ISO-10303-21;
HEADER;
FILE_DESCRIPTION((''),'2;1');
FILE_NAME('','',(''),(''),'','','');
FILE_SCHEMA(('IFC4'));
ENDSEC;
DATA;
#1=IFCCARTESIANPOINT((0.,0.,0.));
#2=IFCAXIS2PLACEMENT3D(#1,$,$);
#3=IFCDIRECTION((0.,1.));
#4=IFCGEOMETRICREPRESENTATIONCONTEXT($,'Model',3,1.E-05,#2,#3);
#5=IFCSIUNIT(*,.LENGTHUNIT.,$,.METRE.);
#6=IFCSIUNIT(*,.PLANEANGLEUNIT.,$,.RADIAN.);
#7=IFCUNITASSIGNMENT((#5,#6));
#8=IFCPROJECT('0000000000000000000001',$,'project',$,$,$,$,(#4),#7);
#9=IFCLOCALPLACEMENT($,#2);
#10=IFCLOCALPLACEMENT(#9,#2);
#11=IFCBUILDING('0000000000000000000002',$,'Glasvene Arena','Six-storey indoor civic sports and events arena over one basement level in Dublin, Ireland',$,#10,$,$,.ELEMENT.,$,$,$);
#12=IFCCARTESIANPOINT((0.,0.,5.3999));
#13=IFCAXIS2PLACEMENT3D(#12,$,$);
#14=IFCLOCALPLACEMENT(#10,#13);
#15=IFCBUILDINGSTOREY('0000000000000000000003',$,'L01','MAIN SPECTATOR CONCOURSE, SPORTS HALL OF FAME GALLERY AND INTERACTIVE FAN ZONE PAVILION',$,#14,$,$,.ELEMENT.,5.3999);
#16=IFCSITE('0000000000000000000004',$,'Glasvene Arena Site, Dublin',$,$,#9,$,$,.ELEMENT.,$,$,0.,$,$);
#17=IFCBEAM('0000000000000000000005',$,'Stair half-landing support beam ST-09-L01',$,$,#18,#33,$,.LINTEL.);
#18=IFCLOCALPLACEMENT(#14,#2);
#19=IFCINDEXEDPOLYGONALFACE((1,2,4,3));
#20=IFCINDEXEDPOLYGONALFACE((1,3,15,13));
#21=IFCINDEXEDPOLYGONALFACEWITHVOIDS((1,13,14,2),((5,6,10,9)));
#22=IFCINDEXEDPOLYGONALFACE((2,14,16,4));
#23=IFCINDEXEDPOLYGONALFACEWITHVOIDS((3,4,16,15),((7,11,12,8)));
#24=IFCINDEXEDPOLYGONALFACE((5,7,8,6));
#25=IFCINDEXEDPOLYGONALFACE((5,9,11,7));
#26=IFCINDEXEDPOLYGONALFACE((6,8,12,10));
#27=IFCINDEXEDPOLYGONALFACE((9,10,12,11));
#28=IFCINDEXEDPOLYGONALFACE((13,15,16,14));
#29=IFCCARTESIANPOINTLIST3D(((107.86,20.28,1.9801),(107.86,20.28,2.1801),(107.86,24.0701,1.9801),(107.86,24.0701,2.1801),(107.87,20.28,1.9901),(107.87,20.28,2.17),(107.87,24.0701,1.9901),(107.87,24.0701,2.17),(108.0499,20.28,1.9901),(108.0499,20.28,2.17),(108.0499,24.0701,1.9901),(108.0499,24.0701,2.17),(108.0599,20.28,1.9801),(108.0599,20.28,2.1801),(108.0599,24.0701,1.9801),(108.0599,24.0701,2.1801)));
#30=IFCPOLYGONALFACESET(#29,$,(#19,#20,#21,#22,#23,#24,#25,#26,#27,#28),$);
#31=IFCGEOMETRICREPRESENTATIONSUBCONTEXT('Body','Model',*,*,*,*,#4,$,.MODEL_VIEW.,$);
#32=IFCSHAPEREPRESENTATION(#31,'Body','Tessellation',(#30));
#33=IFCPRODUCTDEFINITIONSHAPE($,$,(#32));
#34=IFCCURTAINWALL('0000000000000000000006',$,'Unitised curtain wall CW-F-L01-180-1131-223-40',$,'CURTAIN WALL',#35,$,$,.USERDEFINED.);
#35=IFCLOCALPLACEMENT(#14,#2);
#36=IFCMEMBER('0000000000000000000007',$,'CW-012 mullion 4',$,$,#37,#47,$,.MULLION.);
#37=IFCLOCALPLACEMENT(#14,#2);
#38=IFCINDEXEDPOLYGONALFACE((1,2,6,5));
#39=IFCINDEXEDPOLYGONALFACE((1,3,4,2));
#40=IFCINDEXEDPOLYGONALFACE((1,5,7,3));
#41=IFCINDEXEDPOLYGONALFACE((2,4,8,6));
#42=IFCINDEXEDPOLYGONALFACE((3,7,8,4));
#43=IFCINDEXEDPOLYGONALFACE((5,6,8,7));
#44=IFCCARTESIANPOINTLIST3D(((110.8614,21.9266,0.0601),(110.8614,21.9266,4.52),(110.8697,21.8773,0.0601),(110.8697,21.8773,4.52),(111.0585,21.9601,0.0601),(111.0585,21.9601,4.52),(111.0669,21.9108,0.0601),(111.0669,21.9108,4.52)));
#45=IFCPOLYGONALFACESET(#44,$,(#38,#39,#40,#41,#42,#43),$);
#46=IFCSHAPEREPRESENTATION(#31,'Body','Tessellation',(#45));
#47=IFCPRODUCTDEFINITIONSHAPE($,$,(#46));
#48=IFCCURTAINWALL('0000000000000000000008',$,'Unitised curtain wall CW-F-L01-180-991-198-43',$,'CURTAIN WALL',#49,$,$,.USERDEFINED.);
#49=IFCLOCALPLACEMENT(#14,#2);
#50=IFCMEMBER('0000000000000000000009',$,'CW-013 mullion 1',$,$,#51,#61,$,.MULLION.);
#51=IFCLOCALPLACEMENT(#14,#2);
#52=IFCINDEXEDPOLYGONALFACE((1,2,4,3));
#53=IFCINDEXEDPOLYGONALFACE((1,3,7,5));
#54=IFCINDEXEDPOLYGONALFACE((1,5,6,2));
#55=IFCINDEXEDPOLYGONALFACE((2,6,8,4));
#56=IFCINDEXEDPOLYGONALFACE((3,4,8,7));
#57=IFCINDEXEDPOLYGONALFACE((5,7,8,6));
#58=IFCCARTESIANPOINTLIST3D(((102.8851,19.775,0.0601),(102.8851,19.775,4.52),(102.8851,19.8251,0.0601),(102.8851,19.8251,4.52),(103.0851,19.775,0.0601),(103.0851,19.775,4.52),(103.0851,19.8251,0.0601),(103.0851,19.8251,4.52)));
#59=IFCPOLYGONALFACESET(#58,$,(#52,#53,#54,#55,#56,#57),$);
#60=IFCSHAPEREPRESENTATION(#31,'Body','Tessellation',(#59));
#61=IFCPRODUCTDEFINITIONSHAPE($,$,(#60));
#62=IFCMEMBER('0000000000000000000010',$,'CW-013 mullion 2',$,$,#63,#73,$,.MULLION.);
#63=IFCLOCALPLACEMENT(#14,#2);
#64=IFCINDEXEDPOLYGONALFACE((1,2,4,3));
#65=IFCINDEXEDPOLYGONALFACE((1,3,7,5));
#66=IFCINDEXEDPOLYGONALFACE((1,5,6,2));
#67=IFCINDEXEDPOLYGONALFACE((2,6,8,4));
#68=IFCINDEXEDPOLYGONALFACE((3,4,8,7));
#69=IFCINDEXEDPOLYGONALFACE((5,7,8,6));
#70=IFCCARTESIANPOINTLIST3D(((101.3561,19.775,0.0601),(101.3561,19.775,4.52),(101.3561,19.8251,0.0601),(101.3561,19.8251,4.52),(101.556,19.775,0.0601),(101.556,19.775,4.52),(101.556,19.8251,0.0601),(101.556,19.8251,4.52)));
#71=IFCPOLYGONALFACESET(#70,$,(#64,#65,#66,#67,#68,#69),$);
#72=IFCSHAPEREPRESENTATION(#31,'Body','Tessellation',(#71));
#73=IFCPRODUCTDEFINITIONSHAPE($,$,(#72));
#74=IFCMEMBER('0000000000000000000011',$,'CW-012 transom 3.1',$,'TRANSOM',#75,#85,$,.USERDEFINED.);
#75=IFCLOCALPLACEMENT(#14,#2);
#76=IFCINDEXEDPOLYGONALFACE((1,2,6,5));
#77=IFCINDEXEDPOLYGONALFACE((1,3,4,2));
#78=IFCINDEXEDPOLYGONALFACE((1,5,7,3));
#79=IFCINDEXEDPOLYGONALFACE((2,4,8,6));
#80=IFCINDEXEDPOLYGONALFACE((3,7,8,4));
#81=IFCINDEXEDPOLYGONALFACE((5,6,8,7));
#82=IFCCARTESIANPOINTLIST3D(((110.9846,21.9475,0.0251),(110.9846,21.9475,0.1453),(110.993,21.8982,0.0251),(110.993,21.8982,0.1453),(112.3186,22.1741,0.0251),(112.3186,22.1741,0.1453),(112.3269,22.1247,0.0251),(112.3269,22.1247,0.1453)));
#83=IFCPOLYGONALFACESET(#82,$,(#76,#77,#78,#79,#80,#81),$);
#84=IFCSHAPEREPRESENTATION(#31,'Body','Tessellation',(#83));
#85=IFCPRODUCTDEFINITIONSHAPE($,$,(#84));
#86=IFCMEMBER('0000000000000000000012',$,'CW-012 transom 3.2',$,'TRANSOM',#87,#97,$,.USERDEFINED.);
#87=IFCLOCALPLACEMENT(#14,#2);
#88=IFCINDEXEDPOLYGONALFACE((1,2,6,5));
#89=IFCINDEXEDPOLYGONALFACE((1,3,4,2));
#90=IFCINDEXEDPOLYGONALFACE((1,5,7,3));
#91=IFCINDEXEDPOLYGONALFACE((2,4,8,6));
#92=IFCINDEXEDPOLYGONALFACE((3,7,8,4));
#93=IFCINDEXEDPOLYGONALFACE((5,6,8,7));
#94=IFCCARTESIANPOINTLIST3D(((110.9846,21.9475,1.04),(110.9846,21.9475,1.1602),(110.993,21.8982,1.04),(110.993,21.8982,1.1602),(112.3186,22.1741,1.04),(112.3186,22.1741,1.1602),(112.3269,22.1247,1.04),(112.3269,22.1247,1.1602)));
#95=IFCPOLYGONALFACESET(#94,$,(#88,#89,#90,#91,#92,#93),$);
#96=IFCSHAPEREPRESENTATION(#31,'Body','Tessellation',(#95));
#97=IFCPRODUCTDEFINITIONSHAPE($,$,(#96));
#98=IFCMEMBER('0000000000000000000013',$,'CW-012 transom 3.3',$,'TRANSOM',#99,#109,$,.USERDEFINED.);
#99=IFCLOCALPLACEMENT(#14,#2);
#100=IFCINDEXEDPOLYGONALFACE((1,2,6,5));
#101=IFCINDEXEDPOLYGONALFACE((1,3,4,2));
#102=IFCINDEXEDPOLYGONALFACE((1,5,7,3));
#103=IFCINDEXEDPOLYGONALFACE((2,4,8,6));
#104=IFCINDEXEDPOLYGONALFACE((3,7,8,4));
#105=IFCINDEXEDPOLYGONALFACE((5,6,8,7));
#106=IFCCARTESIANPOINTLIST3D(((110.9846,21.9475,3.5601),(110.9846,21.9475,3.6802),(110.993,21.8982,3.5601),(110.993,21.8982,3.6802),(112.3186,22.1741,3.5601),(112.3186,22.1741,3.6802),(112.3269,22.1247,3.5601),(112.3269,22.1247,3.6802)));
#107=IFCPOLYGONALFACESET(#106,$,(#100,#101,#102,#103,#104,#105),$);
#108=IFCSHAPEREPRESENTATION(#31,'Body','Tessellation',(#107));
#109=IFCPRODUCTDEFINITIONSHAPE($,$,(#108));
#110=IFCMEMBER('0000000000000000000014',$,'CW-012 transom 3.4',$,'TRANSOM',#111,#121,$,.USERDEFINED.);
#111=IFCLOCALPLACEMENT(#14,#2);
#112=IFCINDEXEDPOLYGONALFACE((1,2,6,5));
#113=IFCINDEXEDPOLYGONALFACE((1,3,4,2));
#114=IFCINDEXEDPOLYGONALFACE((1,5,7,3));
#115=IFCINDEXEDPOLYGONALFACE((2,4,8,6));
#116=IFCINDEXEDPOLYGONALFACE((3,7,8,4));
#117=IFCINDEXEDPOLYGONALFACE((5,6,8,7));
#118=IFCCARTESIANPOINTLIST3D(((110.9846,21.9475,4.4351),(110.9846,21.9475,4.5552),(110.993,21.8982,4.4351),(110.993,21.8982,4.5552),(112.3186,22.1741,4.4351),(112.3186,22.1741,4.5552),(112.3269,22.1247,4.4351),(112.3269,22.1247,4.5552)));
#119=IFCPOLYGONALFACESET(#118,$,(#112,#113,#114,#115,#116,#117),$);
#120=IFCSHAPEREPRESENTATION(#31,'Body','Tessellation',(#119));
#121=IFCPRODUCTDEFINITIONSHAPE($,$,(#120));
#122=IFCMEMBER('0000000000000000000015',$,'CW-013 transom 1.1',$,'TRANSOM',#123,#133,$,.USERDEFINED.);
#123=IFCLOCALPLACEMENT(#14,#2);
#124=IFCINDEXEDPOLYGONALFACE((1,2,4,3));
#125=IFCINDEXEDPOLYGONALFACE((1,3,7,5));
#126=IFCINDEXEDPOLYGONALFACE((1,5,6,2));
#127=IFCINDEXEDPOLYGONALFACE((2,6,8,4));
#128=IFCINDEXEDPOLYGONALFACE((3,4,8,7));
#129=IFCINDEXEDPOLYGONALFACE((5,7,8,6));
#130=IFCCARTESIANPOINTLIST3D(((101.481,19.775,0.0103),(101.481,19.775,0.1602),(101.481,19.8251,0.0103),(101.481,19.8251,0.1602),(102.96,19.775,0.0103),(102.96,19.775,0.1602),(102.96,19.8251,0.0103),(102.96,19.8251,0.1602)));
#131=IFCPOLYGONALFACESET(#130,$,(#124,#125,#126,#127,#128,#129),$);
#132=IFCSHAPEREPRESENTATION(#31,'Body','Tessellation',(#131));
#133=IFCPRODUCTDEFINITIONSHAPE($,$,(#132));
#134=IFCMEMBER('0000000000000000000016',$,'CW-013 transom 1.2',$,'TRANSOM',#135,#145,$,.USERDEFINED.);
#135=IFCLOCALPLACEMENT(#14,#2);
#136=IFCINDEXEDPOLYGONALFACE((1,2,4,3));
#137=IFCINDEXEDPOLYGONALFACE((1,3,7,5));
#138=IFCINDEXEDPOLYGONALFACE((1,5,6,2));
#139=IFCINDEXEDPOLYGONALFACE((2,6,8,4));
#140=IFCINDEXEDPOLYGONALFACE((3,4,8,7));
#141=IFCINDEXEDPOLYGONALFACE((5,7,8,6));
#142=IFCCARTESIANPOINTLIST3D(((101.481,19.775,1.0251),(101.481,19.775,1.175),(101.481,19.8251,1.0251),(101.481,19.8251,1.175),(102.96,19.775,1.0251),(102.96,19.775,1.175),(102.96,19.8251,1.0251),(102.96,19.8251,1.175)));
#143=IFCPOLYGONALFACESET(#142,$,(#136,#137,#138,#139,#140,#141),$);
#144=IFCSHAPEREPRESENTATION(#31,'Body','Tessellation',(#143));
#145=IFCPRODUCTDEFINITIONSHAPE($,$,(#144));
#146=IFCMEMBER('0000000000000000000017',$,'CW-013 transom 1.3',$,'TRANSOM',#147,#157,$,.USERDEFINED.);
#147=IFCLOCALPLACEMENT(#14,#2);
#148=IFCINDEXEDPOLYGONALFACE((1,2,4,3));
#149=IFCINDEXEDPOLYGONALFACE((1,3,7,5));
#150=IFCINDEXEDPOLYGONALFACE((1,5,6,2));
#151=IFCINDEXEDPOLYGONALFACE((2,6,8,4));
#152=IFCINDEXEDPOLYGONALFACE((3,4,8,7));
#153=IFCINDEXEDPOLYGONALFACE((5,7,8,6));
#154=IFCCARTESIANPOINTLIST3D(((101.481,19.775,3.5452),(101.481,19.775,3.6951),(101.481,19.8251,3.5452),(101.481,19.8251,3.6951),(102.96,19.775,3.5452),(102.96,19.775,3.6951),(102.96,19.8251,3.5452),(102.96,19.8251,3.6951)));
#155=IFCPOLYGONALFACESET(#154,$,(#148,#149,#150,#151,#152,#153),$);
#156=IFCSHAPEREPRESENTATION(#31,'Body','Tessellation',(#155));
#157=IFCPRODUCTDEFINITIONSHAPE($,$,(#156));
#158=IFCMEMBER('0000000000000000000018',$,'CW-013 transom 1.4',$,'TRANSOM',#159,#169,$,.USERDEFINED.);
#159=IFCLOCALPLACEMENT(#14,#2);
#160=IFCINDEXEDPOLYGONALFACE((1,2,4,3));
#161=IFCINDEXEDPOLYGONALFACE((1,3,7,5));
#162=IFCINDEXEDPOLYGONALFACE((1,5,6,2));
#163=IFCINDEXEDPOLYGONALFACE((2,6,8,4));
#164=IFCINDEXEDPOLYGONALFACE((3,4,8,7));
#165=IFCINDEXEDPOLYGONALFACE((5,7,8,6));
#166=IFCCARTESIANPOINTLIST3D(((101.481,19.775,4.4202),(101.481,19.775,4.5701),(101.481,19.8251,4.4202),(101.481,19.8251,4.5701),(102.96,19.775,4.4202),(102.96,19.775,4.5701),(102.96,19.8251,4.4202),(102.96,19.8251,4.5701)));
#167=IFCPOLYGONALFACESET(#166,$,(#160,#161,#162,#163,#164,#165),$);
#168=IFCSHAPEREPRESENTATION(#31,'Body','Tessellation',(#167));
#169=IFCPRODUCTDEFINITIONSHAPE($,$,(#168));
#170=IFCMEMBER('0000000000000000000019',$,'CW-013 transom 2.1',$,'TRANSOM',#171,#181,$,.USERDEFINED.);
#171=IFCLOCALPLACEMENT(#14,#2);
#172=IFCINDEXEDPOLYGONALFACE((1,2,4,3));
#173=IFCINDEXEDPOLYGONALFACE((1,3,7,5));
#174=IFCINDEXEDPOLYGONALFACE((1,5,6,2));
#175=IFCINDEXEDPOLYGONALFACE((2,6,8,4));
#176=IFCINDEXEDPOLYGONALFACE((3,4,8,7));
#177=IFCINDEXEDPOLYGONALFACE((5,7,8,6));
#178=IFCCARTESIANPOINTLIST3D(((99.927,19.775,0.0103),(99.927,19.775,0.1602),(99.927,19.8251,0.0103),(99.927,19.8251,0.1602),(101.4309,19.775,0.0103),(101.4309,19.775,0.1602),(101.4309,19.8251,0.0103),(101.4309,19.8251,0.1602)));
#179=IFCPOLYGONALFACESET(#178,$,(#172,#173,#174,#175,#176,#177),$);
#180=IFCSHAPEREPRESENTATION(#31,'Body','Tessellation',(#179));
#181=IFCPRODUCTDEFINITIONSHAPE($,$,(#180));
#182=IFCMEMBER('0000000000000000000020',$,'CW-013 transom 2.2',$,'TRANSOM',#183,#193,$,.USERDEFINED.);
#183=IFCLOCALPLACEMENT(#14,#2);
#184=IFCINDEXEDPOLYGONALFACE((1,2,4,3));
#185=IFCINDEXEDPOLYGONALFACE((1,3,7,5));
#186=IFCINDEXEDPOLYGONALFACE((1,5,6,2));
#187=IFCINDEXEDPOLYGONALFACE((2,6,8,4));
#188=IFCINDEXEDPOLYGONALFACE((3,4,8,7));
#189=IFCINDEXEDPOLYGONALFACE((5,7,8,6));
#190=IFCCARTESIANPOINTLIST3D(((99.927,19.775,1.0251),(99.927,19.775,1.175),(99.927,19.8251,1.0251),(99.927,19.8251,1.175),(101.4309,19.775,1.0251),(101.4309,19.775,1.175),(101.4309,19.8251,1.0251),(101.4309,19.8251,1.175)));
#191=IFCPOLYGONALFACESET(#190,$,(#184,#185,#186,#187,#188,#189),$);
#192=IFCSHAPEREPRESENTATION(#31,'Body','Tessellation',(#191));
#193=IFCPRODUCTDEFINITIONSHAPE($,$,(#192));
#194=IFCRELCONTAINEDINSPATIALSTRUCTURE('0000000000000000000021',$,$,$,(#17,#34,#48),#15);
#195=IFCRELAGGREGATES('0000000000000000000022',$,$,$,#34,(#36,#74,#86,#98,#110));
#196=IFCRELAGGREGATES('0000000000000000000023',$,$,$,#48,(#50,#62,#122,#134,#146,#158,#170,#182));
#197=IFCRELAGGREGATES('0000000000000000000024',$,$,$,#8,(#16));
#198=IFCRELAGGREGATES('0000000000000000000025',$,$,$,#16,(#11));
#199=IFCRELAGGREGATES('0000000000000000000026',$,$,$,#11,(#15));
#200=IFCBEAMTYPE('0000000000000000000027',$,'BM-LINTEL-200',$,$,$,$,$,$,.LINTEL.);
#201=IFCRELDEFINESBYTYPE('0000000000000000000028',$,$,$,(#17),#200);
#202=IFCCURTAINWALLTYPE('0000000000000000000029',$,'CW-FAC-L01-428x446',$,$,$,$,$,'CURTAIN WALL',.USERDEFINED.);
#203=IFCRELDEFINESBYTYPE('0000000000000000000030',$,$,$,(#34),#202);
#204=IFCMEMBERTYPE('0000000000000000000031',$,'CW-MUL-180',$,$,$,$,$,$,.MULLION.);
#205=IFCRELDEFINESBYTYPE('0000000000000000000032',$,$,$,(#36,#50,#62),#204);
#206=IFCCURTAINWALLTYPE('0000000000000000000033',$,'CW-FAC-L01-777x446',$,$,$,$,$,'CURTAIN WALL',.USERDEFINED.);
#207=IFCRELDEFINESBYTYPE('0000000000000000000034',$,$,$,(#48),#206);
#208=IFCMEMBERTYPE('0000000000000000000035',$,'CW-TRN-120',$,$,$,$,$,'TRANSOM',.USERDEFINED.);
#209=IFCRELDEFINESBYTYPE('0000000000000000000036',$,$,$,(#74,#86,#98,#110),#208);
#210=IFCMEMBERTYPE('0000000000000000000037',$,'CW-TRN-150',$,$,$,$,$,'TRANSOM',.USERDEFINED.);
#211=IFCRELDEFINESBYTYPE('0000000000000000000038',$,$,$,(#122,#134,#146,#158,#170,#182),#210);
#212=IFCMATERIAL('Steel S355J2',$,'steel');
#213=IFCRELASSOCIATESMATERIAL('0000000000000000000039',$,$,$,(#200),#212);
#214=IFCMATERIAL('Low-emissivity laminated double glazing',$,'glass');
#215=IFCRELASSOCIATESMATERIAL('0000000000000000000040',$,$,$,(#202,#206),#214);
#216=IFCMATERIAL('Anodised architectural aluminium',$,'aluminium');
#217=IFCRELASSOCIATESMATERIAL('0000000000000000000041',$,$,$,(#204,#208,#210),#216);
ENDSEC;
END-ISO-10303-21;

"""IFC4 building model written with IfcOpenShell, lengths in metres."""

from ifc_helpers import new_model, si_unit, direction, frame, origin, origin_2d, place, context, subcontext, project, spatial, rectangle, hollow_rectangle, extrude, material, material_profile, profile_set, type_object, element, aggregate, save


model = new_model("IFC4")

# Units and contexts
model_context = context("Model", 3, precision=1e-05, world=origin(), true_north=direction((0.0, 1.0)))
body_context = subcontext(model_context, "Body", "Model", "MODEL_VIEW")
ifc_project = project(units=[si_unit("LENGTHUNIT", "METRE"), si_unit("PLANEANGLEUNIT", "RADIAN")], contexts=[model_context])

# Site, building, storey
site_placement = place(None, origin())
site = spatial("IfcSite", under=ifc_project, at=site_placement, Name="Glasvene Arena Site, Dublin", CompositionType="ELEMENT", RefElevation=0.0)
building_placement = place(site_placement, origin())
building = spatial("IfcBuilding", under=site, at=building_placement, Name="Glasvene Arena", Description="Six-storey indoor civic sports and events arena over one basement level in Dublin, Ireland", CompositionType="ELEMENT")
storey_placement = place(building_placement, frame((0.0, 0.0, 5.3999)))
storey = spatial("IfcBuildingStorey", under=building, at=storey_placement, Name="L01", Description="MAIN SPECTATOR CONCOURSE, SPORTS HALL OF FAME GALLERY AND INTERACTIVE FAN ZONE PAVILION", CompositionType="ELEMENT", Elevation=5.3999)

# Beam
ifc_material_1 = material(Name="Steel S355J2", Category="steel")
ifc_material_profile_1 = material_profile(ifc_material_1, hollow_rectangle(XDim=0.2, YDim=0.2, WallThickness=0.01, at=origin_2d()), Name="SHS 200x200x10.0")
ifc_profile_set_1 = profile_set([ifc_material_profile_1], Name="Steel S355J2")
beam_type = type_object("IfcBeamType", Name="BM-LINTEL-200", PredefinedType="LINTEL", material=ifc_profile_set_1)
beam_placement = place(storey_placement, frame((107.96, 20.28, 2.0801), z_axis=(0.0, 1.0, 0.0), x_axis=(-1.0, 0.0, 0.0)))
element("IfcBeam", 1, at=beam_placement, inside=storey, type_object=beam_type, Name="Stair half-landing support beam ST-09-L01", PredefinedType="LINTEL", context=body_context, shape_type="SweptSolid", body=[
    extrude(hollow_rectangle(XDim=0.2, YDim=0.2, WallThickness=0.01, at=origin_2d()), origin(), (0.0, 0.0, 1.0), 3.79),
])

# Curtain wall, member
ifc_material_2 = material(Name="Low-emissivity laminated double glazing", Category="glass")
curtain_wall_type_1 = type_object("IfcCurtainWallType", Name="CW-FAC-L01-428x446", ElementType="CURTAIN WALL", PredefinedType="USERDEFINED", material=ifc_material_2)
curtain_wall_1_placement = place(storey_placement, frame((115.1636, 22.6321, 0.0)))
curtain_wall_1 = element("IfcCurtainWall", 2, at=curtain_wall_1_placement, inside=storey, type_object=curtain_wall_type_1, Name="Unitised curtain wall CW-F-L01-180-1131-223-40", ObjectType="CURTAIN WALL", PredefinedType="USERDEFINED")
ifc_material_3 = material(Name="Anodised architectural aluminium", Category="aluminium")
ifc_material_profile_2 = material_profile(ifc_material_3, rectangle(XDim=0.05, YDim=0.2, at=origin_2d()), Name="ALU MULLION 50x200")
ifc_profile_set_2 = profile_set([ifc_material_profile_2], Name="Anodised architectural aluminium")
member_type_1 = type_object("IfcMemberType", Name="CW-MUL-180", PredefinedType="MULLION", material=ifc_profile_set_2)
member_1_placement = place(storey_placement, frame((110.9641, 21.9187, 0.0601), z_axis=(0.0, 0.0, 1.0), x_axis=(0.167505, -0.985871, 0.0)))
member_1 = element("IfcMember", 3, at=member_1_placement, type_object=member_type_1, Name="CW-012 mullion 4", PredefinedType="MULLION", context=body_context, shape_type="SweptSolid", body=[
    extrude(rectangle(XDim=0.05, YDim=0.2, at=origin_2d()), origin(), (0.0, 0.0, 1.0), 4.46),
])

# Curtain wall, members
curtain_wall_type_2 = type_object("IfcCurtainWallType", Name="CW-FAC-L01-777x446", ElementType="CURTAIN WALL", PredefinedType="USERDEFINED", material=ifc_material_2)
curtain_wall_2_placement = place(storey_placement, frame((103.01, 19.8, 0.0)))
curtain_wall_2 = element("IfcCurtainWall", 4, at=curtain_wall_2_placement, inside=storey, type_object=curtain_wall_type_2, Name="Unitised curtain wall CW-F-L01-180-991-198-43", ObjectType="CURTAIN WALL", PredefinedType="USERDEFINED")
member_2_placement = place(storey_placement, frame((102.9851, 19.8, 0.0601), z_axis=(0.0, 0.0, 1.0), x_axis=(0.0, -1.0, 0.0)))
member_2 = element("IfcMember", 5, at=member_2_placement, type_object=member_type_1, Name="CW-013 mullion 1", PredefinedType="MULLION", context=body_context, shape_type="SweptSolid", body=[
    extrude(rectangle(XDim=0.05, YDim=0.2, at=origin_2d()), origin(), (0.0, 0.0, 1.0), 4.46),
])
member_3_placement = place(storey_placement, frame((101.4561, 19.8, 0.0601), z_axis=(0.0, 0.0, 1.0), x_axis=(0.0, -1.0, 0.0)))
member_3 = element("IfcMember", 6, at=member_3_placement, type_object=member_type_1, Name="CW-013 mullion 2", PredefinedType="MULLION", context=body_context, shape_type="SweptSolid", body=[
    extrude(rectangle(XDim=0.05, YDim=0.2, at=origin_2d()), origin(), (0.0, 0.0, 1.0), 4.46),
])

# Members
ifc_material_profile_3 = material_profile(ifc_material_3, rectangle(XDim=0.05, YDim=0.1201, at=origin_2d()), Name="ALU TRANSOM 50x120")
ifc_profile_set_3 = profile_set([ifc_material_profile_3], Name="Anodised architectural aluminium")
member_type_2 = type_object("IfcMemberType", Name="CW-TRN-120", ElementType="TRANSOM", PredefinedType="USERDEFINED", material=ifc_profile_set_3)
member_4_placement = place(storey_placement, frame((112.3228, 22.1494, 0.0852), z_axis=(-0.985882, -0.167441, 0.0), x_axis=(0.167441, -0.985882, 0.0)))
member_4 = element("IfcMember", 7, at=member_4_placement, type_object=member_type_2, Name="CW-012 transom 3.1", ObjectType="TRANSOM", PredefinedType="USERDEFINED", context=body_context, shape_type="SweptSolid", body=[
    extrude(rectangle(XDim=0.05, YDim=0.1201, at=origin_2d()), origin(), (0.0, 0.0, 1.0), 1.353),
])
member_5_placement = place(storey_placement, frame((112.3228, 22.1494, 1.1001), z_axis=(-0.985882, -0.167441, 0.0), x_axis=(0.167441, -0.985882, 0.0)))
member_5 = element("IfcMember", 8, at=member_5_placement, type_object=member_type_2, Name="CW-012 transom 3.2", ObjectType="TRANSOM", PredefinedType="USERDEFINED", context=body_context, shape_type="SweptSolid", body=[
    extrude(rectangle(XDim=0.05, YDim=0.1201, at=origin_2d()), origin(), (0.0, 0.0, 1.0), 1.353),
])
member_6_placement = place(storey_placement, frame((112.3228, 22.1494, 3.6201), z_axis=(-0.985882, -0.167441, 0.0), x_axis=(0.167441, -0.985882, 0.0)))
member_6 = element("IfcMember", 9, at=member_6_placement, type_object=member_type_2, Name="CW-012 transom 3.3", ObjectType="TRANSOM", PredefinedType="USERDEFINED", context=body_context, shape_type="SweptSolid", body=[
    extrude(rectangle(XDim=0.05, YDim=0.1201, at=origin_2d()), origin(), (0.0, 0.0, 1.0), 1.353),
])
member_7_placement = place(storey_placement, frame((112.3228, 22.1494, 4.4951), z_axis=(-0.985882, -0.167441, 0.0), x_axis=(0.167441, -0.985882, 0.0)))
member_7 = element("IfcMember", 10, at=member_7_placement, type_object=member_type_2, Name="CW-012 transom 3.4", ObjectType="TRANSOM", PredefinedType="USERDEFINED", context=body_context, shape_type="SweptSolid", body=[
    extrude(rectangle(XDim=0.05, YDim=0.1201, at=origin_2d()), origin(), (0.0, 0.0, 1.0), 1.353),
])
ifc_material_profile_4 = material_profile(ifc_material_3, rectangle(XDim=0.05, YDim=0.1499, at=origin_2d()), Name="ALU TRANSOM 50x150")
ifc_profile_set_4 = profile_set([ifc_material_profile_4], Name="Anodised architectural aluminium")
member_type_3 = type_object("IfcMemberType", Name="CW-TRN-150", ElementType="TRANSOM", PredefinedType="USERDEFINED", material=ifc_profile_set_4)
member_8_placement = place(storey_placement, frame((102.96, 19.8, 0.0852), z_axis=(-1.0, 0.0, 0.0), x_axis=(0.0, -1.0, 0.0)))
member_8 = element("IfcMember", 11, at=member_8_placement, type_object=member_type_3, Name="CW-013 transom 1.1", ObjectType="TRANSOM", PredefinedType="USERDEFINED", context=body_context, shape_type="SweptSolid", body=[
    extrude(rectangle(XDim=0.05, YDim=0.1499, at=origin_2d()), origin(), (0.0, 0.0, 1.0), 1.479),
])
member_9_placement = place(storey_placement, frame((102.96, 19.8, 1.1001), z_axis=(-1.0, 0.0, 0.0), x_axis=(0.0, -1.0, 0.0)))
member_9 = element("IfcMember", 12, at=member_9_placement, type_object=member_type_3, Name="CW-013 transom 1.2", ObjectType="TRANSOM", PredefinedType="USERDEFINED", context=body_context, shape_type="SweptSolid", body=[
    extrude(rectangle(XDim=0.05, YDim=0.1499, at=origin_2d()), origin(), (0.0, 0.0, 1.0), 1.479),
])
member_10_placement = place(storey_placement, frame((102.96, 19.8, 3.6201), z_axis=(-1.0, 0.0, 0.0), x_axis=(0.0, -1.0, 0.0)))
member_10 = element("IfcMember", 13, at=member_10_placement, type_object=member_type_3, Name="CW-013 transom 1.3", ObjectType="TRANSOM", PredefinedType="USERDEFINED", context=body_context, shape_type="SweptSolid", body=[
    extrude(rectangle(XDim=0.05, YDim=0.1499, at=origin_2d()), origin(), (0.0, 0.0, 1.0), 1.479),
])
member_11_placement = place(storey_placement, frame((102.96, 19.8, 4.4951), z_axis=(-1.0, 0.0, 0.0), x_axis=(0.0, -1.0, 0.0)))
member_11 = element("IfcMember", 14, at=member_11_placement, type_object=member_type_3, Name="CW-013 transom 1.4", ObjectType="TRANSOM", PredefinedType="USERDEFINED", context=body_context, shape_type="SweptSolid", body=[
    extrude(rectangle(XDim=0.05, YDim=0.1499, at=origin_2d()), origin(), (0.0, 0.0, 1.0), 1.479),
])
member_12_placement = place(storey_placement, frame((101.4309, 19.8, 0.0852), z_axis=(-1.0, 0.0, 0.0), x_axis=(0.0, -1.0, 0.0)))
member_12 = element("IfcMember", 15, at=member_12_placement, type_object=member_type_3, Name="CW-013 transom 2.1", ObjectType="TRANSOM", PredefinedType="USERDEFINED", context=body_context, shape_type="SweptSolid", body=[
    extrude(rectangle(XDim=0.05, YDim=0.1499, at=origin_2d()), origin(), (0.0, 0.0, 1.0), 1.5039),
])
member_13_placement = place(storey_placement, frame((101.4309, 19.8, 1.1001), z_axis=(-1.0, 0.0, 0.0), x_axis=(0.0, -1.0, 0.0)))
member_13 = element("IfcMember", 16, at=member_13_placement, type_object=member_type_3, Name="CW-013 transom 2.2", ObjectType="TRANSOM", PredefinedType="USERDEFINED", context=body_context, shape_type="SweptSolid", body=[
    extrude(rectangle(XDim=0.05, YDim=0.1499, at=origin_2d()), origin(), (0.0, 0.0, 1.0), 1.5039),
])

aggregate(curtain_wall_1, [member_1, member_4, member_5, member_6, member_7])
aggregate(curtain_wall_2, [member_2, member_3, member_8, member_9, member_10, member_11, member_12, member_13])

save(model, "model.ifc")
